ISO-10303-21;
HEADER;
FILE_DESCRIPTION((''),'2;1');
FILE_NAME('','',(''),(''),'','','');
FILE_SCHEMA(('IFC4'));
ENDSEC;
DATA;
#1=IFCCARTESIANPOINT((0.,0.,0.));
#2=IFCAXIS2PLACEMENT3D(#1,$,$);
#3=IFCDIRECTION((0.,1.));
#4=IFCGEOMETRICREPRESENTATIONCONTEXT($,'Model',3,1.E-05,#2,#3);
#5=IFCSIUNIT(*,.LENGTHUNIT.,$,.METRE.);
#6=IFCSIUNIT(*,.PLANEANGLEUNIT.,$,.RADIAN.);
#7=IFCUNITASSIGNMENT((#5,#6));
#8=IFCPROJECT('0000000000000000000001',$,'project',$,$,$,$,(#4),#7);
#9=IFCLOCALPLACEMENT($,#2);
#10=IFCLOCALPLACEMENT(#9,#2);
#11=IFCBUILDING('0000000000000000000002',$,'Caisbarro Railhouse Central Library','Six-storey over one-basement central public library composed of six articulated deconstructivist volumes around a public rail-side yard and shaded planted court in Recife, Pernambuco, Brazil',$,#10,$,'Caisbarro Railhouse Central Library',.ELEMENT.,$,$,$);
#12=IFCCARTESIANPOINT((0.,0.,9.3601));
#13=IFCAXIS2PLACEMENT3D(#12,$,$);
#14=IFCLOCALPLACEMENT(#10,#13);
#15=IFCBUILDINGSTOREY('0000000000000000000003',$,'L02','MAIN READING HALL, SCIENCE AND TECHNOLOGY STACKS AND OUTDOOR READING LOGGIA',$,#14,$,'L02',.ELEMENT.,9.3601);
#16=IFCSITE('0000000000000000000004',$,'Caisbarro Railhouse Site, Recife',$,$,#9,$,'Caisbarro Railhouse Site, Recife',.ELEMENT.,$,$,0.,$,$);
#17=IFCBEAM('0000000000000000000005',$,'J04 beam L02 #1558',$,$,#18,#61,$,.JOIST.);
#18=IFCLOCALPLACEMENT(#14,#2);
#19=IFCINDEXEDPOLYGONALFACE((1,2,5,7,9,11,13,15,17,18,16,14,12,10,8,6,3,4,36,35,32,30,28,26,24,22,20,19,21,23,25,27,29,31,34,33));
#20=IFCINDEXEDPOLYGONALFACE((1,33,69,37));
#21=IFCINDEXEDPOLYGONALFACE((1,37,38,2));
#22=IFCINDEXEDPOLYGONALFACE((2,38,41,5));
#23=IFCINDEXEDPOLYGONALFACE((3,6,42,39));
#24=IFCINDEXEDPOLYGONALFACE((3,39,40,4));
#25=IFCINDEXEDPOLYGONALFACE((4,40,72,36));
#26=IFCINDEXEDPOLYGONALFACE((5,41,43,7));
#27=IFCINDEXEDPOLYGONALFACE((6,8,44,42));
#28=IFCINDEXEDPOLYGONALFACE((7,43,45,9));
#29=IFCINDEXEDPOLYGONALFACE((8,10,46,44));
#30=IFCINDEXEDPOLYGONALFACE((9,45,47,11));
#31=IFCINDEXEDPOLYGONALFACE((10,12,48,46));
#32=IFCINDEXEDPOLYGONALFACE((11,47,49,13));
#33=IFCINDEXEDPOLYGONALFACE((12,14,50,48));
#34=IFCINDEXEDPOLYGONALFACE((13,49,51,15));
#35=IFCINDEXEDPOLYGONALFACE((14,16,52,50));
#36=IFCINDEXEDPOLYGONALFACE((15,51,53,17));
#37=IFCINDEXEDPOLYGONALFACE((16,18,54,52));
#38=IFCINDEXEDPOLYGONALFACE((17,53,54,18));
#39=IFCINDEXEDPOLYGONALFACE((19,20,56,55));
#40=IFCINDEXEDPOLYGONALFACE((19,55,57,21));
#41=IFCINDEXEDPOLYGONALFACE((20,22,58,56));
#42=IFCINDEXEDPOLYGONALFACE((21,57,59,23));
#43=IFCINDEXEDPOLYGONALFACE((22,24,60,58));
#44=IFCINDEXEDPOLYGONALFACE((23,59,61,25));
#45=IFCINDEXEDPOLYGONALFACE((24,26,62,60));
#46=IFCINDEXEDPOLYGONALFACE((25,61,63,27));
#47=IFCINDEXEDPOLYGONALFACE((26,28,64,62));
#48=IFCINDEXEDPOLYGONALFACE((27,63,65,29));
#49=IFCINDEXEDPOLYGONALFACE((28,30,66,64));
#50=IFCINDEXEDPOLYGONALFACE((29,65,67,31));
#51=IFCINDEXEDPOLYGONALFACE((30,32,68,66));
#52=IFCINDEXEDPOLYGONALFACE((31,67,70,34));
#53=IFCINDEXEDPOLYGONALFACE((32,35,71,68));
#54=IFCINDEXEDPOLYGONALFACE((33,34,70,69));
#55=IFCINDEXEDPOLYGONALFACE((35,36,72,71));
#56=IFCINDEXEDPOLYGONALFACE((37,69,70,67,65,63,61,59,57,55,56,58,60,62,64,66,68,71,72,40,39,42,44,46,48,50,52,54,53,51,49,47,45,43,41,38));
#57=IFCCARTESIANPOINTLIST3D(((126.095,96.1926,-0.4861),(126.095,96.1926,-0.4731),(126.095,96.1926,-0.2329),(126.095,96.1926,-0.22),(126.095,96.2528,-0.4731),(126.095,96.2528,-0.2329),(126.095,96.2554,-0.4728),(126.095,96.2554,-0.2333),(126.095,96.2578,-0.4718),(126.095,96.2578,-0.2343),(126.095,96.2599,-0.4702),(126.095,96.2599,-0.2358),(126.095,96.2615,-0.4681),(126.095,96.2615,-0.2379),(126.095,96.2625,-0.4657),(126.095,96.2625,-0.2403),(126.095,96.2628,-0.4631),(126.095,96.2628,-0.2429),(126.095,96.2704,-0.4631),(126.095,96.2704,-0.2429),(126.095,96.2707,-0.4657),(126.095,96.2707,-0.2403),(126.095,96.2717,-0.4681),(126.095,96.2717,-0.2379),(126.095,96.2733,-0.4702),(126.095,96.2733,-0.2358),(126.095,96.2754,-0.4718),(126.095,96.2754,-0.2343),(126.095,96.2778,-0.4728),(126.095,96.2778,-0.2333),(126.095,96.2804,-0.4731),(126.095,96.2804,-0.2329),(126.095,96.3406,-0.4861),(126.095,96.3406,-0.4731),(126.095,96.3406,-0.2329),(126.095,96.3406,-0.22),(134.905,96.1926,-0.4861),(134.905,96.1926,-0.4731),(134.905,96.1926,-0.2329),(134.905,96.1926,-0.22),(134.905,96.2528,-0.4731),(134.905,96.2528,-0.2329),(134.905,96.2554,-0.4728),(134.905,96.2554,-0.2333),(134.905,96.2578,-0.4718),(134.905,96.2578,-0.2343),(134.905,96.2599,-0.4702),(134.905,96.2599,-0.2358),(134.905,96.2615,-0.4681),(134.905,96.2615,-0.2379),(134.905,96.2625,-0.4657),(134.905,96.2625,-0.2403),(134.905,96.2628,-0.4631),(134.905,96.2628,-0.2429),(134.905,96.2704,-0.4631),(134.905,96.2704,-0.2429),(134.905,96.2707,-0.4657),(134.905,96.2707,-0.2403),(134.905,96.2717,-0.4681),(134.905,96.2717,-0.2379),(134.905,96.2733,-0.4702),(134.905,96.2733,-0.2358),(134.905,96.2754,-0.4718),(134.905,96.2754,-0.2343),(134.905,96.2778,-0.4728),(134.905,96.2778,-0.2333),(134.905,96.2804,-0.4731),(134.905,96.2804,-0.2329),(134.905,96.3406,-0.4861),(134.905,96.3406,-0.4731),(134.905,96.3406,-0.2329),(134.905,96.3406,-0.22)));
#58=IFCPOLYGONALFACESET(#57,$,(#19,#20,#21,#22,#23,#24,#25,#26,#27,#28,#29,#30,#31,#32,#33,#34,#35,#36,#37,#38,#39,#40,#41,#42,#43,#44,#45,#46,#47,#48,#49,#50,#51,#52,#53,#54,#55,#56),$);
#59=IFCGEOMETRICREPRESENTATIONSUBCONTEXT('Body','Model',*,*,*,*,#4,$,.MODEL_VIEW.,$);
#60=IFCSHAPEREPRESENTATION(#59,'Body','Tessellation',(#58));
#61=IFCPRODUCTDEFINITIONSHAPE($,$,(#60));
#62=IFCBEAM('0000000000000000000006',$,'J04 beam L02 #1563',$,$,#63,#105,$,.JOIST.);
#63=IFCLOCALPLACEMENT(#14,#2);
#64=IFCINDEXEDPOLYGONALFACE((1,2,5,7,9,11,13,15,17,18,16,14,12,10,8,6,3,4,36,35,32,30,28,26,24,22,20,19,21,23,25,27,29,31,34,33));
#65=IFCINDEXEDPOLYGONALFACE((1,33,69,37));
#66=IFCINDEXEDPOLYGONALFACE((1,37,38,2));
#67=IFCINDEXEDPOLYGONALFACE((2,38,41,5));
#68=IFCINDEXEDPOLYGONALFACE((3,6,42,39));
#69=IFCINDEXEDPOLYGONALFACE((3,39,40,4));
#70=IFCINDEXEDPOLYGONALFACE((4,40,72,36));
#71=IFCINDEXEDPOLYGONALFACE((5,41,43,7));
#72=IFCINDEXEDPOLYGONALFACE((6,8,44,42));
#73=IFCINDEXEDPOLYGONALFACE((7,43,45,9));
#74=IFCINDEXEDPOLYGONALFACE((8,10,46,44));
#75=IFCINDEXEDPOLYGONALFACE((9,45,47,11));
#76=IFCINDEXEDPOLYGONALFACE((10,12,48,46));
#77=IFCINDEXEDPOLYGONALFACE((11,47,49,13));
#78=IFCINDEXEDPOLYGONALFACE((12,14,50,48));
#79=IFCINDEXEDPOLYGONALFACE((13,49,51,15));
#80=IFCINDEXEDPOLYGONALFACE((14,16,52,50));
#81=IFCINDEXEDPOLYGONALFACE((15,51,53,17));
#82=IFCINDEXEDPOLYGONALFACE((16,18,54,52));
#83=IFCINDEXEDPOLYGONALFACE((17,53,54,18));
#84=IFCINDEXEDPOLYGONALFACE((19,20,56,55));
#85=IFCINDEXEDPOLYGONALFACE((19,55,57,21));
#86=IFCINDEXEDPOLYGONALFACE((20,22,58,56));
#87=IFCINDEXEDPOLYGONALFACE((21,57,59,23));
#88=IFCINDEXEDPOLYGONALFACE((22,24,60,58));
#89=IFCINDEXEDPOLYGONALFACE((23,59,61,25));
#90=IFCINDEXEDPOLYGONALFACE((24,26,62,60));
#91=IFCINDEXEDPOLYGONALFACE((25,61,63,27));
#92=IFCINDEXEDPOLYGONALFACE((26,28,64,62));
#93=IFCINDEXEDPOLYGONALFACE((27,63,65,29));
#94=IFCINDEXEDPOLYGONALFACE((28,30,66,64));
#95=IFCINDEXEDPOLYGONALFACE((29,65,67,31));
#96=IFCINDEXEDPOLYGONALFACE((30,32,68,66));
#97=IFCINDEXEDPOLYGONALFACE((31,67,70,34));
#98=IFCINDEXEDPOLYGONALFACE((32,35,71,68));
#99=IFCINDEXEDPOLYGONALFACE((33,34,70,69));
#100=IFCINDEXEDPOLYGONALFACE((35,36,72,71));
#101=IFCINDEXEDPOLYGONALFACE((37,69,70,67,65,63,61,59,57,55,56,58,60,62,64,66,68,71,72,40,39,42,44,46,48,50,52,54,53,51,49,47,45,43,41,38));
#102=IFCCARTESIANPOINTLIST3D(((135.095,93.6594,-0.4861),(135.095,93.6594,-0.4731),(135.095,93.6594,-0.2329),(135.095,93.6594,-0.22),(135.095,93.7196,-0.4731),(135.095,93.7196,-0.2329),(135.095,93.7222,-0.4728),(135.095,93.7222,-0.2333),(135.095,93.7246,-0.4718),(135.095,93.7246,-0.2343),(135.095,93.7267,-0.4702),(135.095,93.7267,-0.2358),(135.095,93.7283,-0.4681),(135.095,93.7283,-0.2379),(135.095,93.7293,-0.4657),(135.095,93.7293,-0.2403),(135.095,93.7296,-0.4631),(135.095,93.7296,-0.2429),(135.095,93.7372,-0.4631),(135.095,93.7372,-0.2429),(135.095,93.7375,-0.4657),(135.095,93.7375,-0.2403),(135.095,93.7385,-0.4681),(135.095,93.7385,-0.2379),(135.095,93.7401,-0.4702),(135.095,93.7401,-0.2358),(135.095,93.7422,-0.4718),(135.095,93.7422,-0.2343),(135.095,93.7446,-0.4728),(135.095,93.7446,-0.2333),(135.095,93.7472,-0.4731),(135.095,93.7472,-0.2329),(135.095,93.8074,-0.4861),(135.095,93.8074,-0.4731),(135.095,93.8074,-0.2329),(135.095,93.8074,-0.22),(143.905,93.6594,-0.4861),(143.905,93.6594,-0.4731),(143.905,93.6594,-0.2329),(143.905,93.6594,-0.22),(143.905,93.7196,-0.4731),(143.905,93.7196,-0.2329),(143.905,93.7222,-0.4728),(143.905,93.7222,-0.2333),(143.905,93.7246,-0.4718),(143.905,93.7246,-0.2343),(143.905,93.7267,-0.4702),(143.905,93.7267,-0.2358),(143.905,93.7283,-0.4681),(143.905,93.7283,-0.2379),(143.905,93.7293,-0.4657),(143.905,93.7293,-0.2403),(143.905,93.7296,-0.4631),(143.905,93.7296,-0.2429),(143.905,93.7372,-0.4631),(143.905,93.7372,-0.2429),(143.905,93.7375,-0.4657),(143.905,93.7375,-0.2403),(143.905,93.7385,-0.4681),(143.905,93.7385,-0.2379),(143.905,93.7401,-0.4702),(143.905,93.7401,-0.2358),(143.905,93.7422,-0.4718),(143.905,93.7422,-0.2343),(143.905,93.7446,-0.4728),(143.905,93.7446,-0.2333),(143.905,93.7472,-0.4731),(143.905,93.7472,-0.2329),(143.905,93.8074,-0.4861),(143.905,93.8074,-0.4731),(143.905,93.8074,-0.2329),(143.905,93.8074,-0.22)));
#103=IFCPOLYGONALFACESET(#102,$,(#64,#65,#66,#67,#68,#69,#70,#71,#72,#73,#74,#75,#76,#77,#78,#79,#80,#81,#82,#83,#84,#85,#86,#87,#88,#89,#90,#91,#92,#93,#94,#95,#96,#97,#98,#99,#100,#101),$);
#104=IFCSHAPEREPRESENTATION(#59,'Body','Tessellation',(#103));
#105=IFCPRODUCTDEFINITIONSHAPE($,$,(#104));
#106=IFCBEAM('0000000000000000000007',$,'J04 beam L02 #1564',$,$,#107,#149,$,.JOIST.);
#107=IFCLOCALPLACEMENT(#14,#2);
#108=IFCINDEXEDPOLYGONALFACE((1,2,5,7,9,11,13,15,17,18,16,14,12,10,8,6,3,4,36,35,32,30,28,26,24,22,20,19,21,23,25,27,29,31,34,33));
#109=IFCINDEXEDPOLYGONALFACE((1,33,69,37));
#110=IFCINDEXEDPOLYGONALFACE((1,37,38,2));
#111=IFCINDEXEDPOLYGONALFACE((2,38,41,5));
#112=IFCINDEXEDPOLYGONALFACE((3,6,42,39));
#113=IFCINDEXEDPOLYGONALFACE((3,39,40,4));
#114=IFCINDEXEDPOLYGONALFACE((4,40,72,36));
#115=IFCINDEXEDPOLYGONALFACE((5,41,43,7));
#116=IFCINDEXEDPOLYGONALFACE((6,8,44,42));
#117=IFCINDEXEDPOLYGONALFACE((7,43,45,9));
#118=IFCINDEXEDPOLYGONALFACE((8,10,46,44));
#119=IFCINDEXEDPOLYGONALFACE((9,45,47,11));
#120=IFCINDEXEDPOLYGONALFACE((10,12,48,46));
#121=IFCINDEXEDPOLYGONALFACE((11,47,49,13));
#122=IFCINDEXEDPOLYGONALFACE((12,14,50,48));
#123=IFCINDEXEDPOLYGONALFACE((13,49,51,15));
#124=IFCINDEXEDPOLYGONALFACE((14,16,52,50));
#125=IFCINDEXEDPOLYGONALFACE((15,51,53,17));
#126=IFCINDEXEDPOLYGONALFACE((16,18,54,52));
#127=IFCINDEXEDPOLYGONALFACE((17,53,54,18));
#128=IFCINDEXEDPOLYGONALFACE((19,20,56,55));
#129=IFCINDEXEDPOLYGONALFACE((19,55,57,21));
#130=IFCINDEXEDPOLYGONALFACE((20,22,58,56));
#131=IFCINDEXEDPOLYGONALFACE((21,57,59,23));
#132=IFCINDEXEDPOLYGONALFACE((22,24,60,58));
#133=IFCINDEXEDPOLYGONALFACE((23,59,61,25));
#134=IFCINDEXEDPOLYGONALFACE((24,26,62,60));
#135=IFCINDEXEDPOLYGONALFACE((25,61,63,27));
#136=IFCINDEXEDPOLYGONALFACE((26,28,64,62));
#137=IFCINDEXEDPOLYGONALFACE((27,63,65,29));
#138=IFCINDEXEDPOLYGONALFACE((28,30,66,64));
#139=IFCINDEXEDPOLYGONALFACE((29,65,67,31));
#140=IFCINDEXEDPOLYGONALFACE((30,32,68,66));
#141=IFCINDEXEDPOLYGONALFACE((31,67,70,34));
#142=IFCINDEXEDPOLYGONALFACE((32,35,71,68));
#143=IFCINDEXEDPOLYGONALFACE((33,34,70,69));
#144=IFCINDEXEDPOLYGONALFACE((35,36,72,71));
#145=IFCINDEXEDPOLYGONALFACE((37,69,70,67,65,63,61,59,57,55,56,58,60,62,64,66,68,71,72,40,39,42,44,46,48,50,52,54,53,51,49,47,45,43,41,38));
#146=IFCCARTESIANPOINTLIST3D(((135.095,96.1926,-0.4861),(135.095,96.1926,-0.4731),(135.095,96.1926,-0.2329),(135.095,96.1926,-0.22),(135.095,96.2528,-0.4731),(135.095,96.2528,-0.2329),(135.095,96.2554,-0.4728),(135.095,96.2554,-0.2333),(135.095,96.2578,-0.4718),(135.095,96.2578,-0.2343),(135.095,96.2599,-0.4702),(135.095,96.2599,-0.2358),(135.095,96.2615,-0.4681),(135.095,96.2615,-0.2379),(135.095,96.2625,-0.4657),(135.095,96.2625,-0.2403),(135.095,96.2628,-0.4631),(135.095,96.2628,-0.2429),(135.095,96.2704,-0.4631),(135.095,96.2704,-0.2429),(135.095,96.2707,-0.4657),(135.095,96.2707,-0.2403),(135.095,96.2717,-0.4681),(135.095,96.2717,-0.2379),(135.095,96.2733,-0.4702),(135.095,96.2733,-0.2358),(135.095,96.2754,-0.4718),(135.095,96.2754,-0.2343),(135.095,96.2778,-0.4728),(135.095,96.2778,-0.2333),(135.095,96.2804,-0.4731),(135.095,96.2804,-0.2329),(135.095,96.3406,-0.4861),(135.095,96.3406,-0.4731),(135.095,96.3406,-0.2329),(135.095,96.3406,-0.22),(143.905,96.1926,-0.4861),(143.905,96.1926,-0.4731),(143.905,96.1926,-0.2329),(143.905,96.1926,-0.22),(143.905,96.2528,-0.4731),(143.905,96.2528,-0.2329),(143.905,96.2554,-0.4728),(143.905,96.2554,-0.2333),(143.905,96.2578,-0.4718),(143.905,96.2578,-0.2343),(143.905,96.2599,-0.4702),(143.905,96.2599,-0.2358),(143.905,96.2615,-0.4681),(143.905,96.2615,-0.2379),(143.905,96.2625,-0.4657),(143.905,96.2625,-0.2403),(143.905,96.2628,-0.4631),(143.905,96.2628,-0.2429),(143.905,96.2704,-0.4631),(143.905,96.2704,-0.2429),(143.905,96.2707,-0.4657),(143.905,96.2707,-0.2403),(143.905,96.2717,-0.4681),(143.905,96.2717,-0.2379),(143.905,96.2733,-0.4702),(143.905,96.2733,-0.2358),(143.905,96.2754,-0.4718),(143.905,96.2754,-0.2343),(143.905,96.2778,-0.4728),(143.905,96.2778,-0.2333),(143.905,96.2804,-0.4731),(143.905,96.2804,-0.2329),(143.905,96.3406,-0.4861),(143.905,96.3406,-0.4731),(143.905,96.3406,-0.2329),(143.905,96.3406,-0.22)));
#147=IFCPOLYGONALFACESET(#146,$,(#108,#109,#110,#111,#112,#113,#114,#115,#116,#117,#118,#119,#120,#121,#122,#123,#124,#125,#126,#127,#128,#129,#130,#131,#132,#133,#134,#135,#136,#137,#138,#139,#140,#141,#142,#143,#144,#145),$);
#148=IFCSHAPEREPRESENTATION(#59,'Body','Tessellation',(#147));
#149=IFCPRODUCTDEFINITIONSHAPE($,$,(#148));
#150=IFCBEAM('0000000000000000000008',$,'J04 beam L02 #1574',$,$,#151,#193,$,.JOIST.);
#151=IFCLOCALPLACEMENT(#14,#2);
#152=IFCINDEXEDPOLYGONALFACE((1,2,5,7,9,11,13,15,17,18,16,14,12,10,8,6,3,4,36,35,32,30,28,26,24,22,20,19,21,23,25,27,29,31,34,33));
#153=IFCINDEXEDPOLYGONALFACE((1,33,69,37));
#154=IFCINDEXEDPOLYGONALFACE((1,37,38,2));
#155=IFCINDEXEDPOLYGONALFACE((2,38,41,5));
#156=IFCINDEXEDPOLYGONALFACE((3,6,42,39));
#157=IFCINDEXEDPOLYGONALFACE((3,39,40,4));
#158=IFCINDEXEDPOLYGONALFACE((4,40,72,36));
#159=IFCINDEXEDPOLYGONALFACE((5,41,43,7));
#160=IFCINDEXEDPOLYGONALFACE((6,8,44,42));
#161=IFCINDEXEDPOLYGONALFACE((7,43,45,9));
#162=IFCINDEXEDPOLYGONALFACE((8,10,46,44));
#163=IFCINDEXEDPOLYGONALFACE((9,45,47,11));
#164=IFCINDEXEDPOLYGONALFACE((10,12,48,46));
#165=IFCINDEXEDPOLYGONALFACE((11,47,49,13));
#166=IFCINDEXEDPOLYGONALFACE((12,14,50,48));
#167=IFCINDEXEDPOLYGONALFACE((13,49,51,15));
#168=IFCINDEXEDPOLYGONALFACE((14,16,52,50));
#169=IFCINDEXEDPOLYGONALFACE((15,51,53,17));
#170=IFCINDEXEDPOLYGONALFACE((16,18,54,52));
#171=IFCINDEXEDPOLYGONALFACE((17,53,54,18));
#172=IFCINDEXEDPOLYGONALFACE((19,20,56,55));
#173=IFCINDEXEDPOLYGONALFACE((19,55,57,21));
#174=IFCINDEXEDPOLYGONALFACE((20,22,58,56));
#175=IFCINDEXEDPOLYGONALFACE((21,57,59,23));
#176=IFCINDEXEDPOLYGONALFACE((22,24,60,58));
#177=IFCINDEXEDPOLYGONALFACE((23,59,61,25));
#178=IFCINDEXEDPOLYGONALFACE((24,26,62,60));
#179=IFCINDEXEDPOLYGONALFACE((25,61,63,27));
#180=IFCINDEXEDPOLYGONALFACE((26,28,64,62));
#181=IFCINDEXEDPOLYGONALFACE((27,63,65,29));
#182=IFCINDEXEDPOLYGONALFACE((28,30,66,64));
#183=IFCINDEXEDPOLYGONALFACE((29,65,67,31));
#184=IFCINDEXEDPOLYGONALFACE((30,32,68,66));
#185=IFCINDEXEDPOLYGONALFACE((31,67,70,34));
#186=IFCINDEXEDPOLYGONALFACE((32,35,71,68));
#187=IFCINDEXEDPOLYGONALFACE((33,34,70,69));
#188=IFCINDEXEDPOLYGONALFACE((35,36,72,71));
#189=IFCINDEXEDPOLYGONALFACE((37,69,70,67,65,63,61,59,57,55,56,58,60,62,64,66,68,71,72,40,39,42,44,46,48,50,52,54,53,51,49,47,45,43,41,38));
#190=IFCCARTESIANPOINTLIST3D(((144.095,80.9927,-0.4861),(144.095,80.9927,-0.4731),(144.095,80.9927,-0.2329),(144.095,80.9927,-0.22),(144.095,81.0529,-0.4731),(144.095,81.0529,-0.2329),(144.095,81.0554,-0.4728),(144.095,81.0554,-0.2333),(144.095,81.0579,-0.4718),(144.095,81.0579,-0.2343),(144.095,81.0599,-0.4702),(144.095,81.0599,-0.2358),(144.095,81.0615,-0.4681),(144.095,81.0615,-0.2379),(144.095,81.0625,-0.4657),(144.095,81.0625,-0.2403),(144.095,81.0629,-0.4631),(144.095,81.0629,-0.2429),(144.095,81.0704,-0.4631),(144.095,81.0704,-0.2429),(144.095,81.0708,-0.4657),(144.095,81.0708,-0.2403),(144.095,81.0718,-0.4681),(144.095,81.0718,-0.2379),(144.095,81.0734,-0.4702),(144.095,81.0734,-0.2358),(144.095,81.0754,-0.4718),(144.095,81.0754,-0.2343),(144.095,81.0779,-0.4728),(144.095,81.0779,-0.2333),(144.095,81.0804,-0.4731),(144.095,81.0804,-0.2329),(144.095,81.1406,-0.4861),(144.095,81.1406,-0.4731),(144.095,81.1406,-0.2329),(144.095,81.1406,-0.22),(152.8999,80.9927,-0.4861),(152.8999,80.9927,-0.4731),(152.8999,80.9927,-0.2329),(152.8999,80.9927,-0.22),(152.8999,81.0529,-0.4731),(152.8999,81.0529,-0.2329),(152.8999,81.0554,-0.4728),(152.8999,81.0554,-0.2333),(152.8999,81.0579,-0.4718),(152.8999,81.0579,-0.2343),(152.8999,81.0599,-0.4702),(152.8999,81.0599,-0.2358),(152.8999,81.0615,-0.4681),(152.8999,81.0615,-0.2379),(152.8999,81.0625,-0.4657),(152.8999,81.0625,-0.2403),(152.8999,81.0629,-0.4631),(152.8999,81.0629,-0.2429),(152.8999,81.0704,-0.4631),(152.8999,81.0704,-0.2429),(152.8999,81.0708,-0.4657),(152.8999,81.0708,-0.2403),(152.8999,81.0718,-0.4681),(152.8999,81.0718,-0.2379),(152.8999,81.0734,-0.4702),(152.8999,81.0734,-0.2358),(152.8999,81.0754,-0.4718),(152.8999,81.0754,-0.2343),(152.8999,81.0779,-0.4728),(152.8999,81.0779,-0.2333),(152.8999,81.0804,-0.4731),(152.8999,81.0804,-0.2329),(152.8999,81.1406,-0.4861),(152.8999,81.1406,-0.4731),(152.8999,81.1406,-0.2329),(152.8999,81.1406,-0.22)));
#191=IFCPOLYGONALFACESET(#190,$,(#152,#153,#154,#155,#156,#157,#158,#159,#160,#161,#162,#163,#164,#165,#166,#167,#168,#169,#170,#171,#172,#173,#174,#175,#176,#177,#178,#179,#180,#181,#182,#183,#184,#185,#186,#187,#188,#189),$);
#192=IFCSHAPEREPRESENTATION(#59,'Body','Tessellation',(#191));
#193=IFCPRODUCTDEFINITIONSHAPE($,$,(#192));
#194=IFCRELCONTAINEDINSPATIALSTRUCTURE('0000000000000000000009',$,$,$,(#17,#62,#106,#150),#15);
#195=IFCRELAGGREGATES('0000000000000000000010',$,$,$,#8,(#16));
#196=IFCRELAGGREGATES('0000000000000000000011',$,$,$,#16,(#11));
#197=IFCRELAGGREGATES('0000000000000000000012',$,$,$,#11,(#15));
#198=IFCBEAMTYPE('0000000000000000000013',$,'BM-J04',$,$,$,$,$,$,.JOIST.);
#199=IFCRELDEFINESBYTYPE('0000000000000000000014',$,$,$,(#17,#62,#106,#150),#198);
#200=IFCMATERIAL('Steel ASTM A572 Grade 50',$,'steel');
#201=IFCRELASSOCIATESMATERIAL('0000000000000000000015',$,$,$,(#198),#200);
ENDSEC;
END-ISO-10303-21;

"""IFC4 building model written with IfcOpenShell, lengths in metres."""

from ifc_helpers import new_model, si_unit, direction, frame, origin, origin_2d, place, context, subcontext, project, spatial, i_section, extrude, material, material_profile, profile_set, type_object, element, save


model = new_model("IFC4")

# Units and contexts
model_context = context("Model", 3, precision=1e-05, world=origin(), true_north=direction((0.0, 1.0)))
body_context = subcontext(model_context, "Body", "Model", "MODEL_VIEW")
ifc_project = project(units=[si_unit("LENGTHUNIT", "METRE"), si_unit("PLANEANGLEUNIT", "RADIAN")], contexts=[model_context])

# Site, building, storey
site_placement = place(None, origin())
site = spatial("IfcSite", under=ifc_project, at=site_placement, Name="Caisbarro Railhouse Site, Recife", LongName="Caisbarro Railhouse Site, Recife", CompositionType="ELEMENT", RefElevation=0.0)
building_placement = place(site_placement, origin())
building = spatial("IfcBuilding", under=site, at=building_placement, Name="Caisbarro Railhouse Central Library", Description="Six-storey over one-basement central public library composed of six articulated deconstructivist volumes around a public rail-side yard and shaded planted court in Recife, Pernambuco, Brazil", LongName="Caisbarro Railhouse Central Library", CompositionType="ELEMENT")
storey_placement = place(building_placement, frame((0.0, 0.0, 9.3601)))
storey = spatial("IfcBuildingStorey", under=building, at=storey_placement, Name="L02", Description="MAIN READING HALL, SCIENCE AND TECHNOLOGY STACKS AND OUTDOOR READING LOGGIA", LongName="L02", CompositionType="ELEMENT", Elevation=9.3601)

# Shared definitions
ifc_material_1 = material(Name="Steel ASTM A572 Grade 50", Category="steel")

# Beams
ifc_material_profile_1 = material_profile(ifc_material_1, i_section(OverallWidth=0.1479, OverallDepth=0.2661, WebThickness=0.0076, FlangeThickness=0.0129, FilletRadius=0.01, at=origin_2d()), Name="W250X44.8")
ifc_profile_set_1 = profile_set([ifc_material_profile_1], Name="Steel ASTM A572 Grade 50")
beam_type_1 = type_object("IfcBeamType", Name="BM-J04", PredefinedType="JOIST", material=ifc_profile_set_1)
for number, where, z_axis, x_axis, name in (
    (1, (126.095, 96.2666, -0.353), (1.0, 0.0, 0.0), (0.0, 1.0, 0.0), "J04 beam L02 #1558"),
    (2, (135.095, 93.7334, -0.353), (1.0, 0.0, 0.0), (0.0, 1.0, 0.0), "J04 beam L02 #1563"),
    (3, (135.095, 96.2666, -0.353), (1.0, 0.0, 0.0), (0.0, 1.0, 0.0), "J04 beam L02 #1564"),
):
    element("IfcBeam", number, at=place(storey_placement, frame(where, z_axis=z_axis, x_axis=x_axis)), inside=storey, type_object=beam_type_1, Name=name, PredefinedType="JOIST", context=body_context, shape_type="SweptSolid", body=[
        extrude(i_section(OverallWidth=0.1479, OverallDepth=0.2661, WebThickness=0.0076, FlangeThickness=0.0129, FilletRadius=0.01, at=origin_2d()), origin(), (0.0, 0.0, 1.0), 8.8101),
    ])
for number, where, z_axis, x_axis, name in (
    (4, (144.095, 81.0667, -0.353), (1.0, 0.0, 0.0), (0.0, 1.0, 0.0), "J04 beam L02 #1574"),
):
    element("IfcBeam", number, at=place(storey_placement, frame(where, z_axis=z_axis, x_axis=x_axis)), inside=storey, type_object=beam_type_1, Name=name, PredefinedType="JOIST", context=body_context, shape_type="SweptSolid", body=[
        extrude(i_section(OverallWidth=0.1479, OverallDepth=0.2661, WebThickness=0.0076, FlangeThickness=0.0129, FilletRadius=0.01, at=origin_2d()), origin(), (0.0, 0.0, 1.0), 8.8049),
    ])

save(model, "model.ifc")
